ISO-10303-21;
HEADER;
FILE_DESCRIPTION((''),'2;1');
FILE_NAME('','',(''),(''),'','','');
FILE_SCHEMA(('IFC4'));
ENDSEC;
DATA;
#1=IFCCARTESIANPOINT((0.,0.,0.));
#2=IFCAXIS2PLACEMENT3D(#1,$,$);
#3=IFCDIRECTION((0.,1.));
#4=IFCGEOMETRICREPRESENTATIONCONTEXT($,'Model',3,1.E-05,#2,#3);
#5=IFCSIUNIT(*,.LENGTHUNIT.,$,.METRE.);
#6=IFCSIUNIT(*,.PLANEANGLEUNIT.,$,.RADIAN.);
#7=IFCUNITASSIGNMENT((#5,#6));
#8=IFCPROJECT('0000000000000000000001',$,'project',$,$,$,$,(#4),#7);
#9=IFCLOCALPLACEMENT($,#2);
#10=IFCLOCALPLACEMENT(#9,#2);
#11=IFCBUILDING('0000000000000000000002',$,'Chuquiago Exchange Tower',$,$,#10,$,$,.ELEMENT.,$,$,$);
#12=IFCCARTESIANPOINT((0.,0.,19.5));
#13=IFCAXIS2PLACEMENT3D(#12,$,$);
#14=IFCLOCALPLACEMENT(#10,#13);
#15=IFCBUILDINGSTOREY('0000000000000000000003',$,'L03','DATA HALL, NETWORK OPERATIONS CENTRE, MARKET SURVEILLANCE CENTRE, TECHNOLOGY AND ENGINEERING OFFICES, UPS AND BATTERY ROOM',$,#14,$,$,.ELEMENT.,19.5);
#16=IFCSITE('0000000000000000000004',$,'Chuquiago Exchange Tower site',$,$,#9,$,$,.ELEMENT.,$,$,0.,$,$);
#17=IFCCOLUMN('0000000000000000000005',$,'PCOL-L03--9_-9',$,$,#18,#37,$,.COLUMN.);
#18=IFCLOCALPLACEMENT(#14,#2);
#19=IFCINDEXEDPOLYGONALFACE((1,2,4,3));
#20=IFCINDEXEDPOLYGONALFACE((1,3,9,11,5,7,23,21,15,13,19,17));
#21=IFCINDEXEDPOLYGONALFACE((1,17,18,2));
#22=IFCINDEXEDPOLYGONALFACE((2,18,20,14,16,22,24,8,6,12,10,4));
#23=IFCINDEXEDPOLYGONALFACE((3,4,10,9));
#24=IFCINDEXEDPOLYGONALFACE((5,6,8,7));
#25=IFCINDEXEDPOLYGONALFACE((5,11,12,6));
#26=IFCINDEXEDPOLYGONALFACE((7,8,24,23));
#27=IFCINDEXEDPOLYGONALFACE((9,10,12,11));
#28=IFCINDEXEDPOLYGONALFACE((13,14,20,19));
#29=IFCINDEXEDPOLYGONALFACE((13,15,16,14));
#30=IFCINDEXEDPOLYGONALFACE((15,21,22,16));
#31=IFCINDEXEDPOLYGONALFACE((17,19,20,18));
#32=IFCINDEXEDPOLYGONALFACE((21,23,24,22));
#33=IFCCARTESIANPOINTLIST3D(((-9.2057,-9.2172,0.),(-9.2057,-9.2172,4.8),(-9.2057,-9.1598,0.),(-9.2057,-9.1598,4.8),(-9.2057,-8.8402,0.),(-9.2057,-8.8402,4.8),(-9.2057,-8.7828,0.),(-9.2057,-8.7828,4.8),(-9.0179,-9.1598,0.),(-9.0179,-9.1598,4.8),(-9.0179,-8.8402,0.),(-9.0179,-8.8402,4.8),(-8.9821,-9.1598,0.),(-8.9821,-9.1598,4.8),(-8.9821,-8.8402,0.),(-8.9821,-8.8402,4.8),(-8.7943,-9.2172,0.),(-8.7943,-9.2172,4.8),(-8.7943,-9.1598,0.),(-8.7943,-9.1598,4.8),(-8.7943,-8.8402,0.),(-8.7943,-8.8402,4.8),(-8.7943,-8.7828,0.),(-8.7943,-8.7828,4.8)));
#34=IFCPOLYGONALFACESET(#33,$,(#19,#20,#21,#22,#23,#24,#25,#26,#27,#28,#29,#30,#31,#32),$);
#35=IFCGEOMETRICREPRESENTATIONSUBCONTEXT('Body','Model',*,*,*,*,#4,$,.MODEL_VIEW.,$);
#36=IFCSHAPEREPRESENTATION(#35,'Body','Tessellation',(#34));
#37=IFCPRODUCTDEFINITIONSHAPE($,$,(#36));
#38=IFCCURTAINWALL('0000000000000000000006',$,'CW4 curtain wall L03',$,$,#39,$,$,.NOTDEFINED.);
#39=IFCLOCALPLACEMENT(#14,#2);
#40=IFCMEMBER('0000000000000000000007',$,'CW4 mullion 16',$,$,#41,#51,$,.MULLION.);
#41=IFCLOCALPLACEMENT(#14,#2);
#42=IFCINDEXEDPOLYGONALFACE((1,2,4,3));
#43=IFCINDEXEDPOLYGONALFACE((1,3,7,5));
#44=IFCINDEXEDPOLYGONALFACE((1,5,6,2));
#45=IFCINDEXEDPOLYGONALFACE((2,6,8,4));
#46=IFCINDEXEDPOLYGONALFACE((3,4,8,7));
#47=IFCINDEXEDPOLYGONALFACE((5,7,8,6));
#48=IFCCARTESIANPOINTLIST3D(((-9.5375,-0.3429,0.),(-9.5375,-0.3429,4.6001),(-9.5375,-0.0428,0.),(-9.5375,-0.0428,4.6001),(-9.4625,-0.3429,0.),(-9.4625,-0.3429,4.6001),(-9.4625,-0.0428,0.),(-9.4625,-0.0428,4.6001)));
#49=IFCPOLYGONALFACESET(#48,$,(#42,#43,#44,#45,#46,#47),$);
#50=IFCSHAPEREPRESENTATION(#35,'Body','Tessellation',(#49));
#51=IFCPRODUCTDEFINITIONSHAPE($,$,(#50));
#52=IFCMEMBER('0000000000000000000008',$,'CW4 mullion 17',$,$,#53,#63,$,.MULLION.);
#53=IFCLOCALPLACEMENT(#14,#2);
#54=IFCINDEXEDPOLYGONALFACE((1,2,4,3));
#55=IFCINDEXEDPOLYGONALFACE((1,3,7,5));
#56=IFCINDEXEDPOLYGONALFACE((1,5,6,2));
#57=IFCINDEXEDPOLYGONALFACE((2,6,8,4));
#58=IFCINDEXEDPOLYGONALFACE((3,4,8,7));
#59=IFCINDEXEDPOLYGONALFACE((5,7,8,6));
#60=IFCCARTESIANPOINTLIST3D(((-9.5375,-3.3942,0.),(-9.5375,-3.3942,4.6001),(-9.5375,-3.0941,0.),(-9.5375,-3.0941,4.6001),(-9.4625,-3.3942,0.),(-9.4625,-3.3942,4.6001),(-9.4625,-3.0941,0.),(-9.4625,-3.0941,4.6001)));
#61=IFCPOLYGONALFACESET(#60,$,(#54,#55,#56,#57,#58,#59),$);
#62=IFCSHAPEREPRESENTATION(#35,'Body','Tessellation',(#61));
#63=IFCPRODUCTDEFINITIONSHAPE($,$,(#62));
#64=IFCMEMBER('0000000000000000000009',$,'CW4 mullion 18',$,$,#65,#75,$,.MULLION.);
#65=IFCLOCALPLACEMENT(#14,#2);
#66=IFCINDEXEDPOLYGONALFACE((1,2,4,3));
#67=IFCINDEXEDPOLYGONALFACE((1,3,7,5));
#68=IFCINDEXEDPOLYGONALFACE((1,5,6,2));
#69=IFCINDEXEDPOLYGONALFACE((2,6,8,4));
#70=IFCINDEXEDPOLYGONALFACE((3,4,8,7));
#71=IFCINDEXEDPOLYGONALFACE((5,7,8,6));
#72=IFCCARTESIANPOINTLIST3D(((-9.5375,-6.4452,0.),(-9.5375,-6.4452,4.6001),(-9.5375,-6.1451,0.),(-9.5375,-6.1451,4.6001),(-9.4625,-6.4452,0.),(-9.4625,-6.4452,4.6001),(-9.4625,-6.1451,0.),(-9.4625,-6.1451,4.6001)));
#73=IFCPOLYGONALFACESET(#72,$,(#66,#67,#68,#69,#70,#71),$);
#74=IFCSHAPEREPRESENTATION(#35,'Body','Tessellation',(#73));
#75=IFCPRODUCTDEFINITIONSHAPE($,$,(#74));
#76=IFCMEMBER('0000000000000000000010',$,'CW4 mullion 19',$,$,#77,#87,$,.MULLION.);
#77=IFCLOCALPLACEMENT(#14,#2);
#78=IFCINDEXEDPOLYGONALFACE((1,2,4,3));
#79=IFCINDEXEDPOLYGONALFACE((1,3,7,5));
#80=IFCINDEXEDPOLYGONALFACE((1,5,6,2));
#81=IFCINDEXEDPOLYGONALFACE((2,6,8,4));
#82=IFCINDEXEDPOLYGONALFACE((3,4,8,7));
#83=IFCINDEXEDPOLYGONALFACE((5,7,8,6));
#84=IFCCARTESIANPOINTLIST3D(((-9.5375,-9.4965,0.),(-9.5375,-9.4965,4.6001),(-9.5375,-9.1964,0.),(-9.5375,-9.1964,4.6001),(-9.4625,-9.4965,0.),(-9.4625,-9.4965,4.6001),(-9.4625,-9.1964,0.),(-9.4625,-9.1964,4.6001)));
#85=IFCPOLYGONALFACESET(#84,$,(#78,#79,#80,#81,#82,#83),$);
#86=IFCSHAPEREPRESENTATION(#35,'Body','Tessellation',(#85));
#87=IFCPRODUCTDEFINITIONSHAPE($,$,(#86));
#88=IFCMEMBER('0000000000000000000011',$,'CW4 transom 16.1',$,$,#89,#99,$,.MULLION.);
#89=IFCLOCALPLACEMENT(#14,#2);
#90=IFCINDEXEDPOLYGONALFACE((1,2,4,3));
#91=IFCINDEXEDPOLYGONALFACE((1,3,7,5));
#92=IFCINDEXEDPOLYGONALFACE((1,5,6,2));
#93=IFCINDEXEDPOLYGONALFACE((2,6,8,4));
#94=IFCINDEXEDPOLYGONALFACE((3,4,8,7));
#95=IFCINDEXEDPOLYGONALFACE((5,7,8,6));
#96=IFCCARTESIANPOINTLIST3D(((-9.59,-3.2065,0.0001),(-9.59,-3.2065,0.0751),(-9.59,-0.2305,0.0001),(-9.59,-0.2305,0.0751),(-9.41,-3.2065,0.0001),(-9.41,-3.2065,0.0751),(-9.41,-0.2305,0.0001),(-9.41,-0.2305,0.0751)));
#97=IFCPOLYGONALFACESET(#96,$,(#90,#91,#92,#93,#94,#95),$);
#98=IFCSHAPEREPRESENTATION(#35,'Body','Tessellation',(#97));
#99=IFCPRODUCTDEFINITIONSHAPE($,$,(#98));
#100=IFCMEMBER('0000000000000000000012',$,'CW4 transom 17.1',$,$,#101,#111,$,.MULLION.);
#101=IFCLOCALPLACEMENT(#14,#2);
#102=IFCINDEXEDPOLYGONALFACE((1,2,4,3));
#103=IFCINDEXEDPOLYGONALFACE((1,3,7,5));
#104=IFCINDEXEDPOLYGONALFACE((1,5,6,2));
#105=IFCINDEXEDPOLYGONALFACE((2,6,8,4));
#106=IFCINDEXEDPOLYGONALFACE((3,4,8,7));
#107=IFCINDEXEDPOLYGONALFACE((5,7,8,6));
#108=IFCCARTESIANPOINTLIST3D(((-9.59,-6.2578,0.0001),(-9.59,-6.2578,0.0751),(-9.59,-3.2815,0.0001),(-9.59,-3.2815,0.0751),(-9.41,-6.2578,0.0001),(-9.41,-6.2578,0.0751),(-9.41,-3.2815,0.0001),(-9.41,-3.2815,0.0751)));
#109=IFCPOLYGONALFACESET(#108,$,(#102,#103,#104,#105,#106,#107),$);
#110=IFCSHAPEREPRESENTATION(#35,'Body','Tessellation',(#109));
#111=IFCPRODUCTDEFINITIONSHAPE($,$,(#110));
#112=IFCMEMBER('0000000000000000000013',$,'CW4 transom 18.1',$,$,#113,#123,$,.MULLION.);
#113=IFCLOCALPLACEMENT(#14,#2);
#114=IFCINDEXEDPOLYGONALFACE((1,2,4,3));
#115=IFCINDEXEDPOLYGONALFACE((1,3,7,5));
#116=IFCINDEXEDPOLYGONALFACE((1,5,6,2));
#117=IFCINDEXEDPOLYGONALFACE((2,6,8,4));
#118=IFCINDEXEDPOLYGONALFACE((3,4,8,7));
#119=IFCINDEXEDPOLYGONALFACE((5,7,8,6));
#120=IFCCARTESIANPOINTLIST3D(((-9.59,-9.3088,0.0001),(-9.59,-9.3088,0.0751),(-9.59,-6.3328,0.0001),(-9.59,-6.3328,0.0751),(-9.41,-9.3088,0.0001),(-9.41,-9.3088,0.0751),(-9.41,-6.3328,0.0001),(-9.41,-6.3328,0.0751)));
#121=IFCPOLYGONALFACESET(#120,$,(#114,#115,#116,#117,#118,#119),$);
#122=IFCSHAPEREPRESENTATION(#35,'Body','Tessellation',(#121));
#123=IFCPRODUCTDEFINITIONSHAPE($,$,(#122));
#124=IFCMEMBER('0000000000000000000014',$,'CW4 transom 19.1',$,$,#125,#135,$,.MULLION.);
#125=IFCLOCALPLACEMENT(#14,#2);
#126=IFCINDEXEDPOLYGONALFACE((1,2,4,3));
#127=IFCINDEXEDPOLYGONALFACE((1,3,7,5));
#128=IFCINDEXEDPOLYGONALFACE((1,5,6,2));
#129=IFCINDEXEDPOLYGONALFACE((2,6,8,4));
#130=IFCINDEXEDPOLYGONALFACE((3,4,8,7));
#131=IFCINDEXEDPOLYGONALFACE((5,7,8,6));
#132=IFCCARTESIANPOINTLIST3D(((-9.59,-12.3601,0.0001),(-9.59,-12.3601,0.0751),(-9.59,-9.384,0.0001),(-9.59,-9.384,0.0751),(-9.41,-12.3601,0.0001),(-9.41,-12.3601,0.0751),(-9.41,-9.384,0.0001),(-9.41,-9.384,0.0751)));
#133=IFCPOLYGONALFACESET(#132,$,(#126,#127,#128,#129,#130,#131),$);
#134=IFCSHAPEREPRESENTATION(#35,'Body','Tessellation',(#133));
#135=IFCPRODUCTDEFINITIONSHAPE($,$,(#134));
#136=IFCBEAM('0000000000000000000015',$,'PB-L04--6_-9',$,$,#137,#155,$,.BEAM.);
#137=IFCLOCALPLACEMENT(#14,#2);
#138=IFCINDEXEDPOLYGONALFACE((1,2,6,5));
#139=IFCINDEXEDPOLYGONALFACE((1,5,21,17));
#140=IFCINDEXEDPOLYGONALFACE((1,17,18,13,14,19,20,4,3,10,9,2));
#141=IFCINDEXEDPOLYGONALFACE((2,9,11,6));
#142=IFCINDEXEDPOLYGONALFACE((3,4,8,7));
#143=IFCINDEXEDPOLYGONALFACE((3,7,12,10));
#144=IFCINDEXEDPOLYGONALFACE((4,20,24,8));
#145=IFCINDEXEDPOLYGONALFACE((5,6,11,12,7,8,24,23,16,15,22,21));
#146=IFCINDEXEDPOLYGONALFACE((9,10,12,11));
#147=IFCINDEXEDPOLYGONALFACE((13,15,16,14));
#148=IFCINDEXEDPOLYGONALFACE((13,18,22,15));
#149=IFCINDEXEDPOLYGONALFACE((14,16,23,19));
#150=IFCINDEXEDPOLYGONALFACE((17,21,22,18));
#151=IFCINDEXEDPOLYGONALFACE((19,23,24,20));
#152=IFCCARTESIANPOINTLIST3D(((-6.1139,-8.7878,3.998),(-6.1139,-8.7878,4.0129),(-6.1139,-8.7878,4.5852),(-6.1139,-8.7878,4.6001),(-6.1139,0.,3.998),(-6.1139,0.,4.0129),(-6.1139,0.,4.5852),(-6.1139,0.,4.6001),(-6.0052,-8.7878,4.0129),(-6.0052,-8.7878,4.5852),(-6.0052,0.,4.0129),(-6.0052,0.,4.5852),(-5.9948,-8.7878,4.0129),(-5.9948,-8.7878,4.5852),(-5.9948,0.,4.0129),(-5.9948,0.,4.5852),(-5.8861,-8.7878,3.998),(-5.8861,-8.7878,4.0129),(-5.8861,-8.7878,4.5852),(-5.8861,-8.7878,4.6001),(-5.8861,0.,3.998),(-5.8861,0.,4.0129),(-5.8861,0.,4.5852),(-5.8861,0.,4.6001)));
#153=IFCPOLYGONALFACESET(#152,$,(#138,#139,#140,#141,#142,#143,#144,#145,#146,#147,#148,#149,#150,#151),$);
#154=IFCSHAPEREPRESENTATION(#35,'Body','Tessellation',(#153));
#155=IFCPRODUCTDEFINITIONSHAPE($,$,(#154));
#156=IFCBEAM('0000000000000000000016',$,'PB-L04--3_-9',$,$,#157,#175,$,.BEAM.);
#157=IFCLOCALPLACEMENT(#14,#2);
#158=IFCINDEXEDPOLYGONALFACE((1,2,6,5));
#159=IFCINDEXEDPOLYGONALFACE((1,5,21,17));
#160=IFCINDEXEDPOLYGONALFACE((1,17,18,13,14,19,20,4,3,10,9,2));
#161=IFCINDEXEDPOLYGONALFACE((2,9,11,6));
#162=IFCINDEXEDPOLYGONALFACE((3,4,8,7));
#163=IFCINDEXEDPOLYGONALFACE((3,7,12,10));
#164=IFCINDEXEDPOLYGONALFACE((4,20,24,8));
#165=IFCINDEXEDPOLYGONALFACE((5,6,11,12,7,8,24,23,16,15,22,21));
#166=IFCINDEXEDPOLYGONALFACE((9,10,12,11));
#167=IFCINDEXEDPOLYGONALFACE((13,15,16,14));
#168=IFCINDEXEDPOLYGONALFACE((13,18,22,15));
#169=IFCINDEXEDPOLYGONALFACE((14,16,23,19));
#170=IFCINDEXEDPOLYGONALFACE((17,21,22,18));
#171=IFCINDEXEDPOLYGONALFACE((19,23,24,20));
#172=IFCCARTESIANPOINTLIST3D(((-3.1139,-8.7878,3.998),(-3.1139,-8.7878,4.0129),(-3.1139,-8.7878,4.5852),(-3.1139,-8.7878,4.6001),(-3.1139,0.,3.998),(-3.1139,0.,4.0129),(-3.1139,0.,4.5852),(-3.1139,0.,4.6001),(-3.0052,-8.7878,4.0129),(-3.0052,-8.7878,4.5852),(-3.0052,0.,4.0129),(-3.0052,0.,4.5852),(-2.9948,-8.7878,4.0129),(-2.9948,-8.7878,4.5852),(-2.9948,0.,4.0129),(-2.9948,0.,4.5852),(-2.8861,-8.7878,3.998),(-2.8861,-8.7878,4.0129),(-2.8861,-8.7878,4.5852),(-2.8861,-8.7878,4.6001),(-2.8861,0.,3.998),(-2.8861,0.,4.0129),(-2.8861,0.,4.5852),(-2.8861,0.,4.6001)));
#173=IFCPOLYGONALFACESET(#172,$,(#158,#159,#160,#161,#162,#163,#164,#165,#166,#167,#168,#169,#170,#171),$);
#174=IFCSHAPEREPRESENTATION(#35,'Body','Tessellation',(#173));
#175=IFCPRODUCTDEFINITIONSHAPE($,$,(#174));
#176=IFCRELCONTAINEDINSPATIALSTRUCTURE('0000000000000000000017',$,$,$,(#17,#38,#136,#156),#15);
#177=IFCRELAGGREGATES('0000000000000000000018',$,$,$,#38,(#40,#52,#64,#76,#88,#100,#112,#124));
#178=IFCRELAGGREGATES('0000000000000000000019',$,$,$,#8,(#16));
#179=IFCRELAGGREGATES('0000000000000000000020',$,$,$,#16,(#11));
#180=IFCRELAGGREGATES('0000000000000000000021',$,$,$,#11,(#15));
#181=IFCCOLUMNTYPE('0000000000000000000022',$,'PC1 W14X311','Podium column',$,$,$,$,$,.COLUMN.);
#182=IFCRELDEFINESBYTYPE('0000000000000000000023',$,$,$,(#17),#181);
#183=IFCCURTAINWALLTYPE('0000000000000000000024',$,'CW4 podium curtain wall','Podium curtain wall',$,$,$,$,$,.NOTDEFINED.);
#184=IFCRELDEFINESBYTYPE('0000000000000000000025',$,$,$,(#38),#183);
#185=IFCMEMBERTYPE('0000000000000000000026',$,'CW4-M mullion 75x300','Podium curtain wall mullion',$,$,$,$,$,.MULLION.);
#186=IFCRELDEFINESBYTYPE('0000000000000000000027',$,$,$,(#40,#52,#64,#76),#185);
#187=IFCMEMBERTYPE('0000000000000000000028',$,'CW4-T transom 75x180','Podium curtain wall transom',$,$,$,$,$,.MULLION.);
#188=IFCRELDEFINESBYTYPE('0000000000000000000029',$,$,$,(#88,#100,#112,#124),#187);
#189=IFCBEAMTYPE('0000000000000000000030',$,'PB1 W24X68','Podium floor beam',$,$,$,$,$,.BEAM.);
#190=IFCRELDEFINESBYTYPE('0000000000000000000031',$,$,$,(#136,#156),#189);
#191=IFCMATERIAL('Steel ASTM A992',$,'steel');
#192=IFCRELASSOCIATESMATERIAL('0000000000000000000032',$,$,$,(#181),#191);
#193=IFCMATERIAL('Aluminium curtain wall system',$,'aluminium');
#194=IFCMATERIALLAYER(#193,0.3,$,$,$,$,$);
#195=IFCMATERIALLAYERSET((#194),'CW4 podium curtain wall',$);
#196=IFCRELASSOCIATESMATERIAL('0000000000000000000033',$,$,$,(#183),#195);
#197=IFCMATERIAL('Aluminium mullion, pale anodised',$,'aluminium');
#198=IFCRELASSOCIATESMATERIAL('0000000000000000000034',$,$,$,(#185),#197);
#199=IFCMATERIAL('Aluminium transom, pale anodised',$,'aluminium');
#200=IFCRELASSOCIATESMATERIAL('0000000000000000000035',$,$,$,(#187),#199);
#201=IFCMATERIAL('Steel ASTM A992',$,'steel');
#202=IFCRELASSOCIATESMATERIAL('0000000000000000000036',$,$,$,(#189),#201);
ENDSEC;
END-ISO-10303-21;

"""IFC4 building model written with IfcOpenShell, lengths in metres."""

from ifc_helpers import new_model, si_unit, direction, frame, origin, origin_2d, place, context, subcontext, project, spatial, rectangle, i_section, extrude, material, layer, layer_set, material_profile, profile_set, type_object, element, aggregate, save


model = new_model("IFC4")

# Units and contexts
model_context = context("Model", 3, precision=1e-05, world=origin(), true_north=direction((0.0, 1.0)))
body_context = subcontext(model_context, "Body", "Model", "MODEL_VIEW")
ifc_project = project(units=[si_unit("LENGTHUNIT", "METRE"), si_unit("PLANEANGLEUNIT", "RADIAN")], contexts=[model_context])

# Site, building, storey
site_placement = place(None, origin())
site = spatial("IfcSite", under=ifc_project, at=site_placement, Name="Chuquiago Exchange Tower site", CompositionType="ELEMENT", RefElevation=0.0)
building_placement = place(site_placement, origin())
building = spatial("IfcBuilding", under=site, at=building_placement, Name="Chuquiago Exchange Tower", CompositionType="ELEMENT")
storey_placement = place(building_placement, frame((0.0, 0.0, 19.5)))
storey = spatial("IfcBuildingStorey", under=building, at=storey_placement, Name="L03", Description="DATA HALL, NETWORK OPERATIONS CENTRE, MARKET SURVEILLANCE CENTRE, TECHNOLOGY AND ENGINEERING OFFICES, UPS AND BATTERY ROOM", CompositionType="ELEMENT", Elevation=19.5)

# Column
ifc_material_1 = material(Name="Steel ASTM A992", Category="steel")
ifc_material_profile_1 = material_profile(ifc_material_1, i_section(OverallWidth=0.4114, OverallDepth=0.4343, WebThickness=0.0359, FlangeThickness=0.0574, at=origin_2d()), Name="W14X311")
ifc_profile_set_1 = profile_set([ifc_material_profile_1], Name="Steel ASTM A992")
column_type = type_object("IfcColumnType", Name="PC1 W14X311", Description="Podium column", PredefinedType="COLUMN", material=ifc_profile_set_1)
column_placement = place(storey_placement, frame((-9.0, -9.0, 0.0), z_axis=(0.0, 0.0, 1.0), x_axis=(1.0, 0.0, 0.0)))
element("IfcColumn", 1, at=column_placement, inside=storey, type_object=column_type, Name="PCOL-L03--9_-9", PredefinedType="COLUMN", context=body_context, shape_type="SweptSolid", body=[
    extrude(i_section(OverallWidth=0.4114, OverallDepth=0.4343, WebThickness=0.0359, FlangeThickness=0.0574, at=origin_2d()), origin(), (0.0, 0.0, 1.0), 4.8),
])

# Curtain wall, members
ifc_material_2 = material(Name="Aluminium curtain wall system", Category="aluminium")
ifc_layer_1 = layer(ifc_material_2, 0.3)
ifc_layer_set_1 = layer_set([ifc_layer_1], Name="CW4 podium curtain wall")
curtain_wall_type = type_object("IfcCurtainWallType", Name="CW4 podium curtain wall", Description="Podium curtain wall", PredefinedType="NOTDEFINED", material=ifc_layer_set_1)
curtain_wall_placement = place(storey_placement, origin())
curtain_wall = element("IfcCurtainWall", 2, at=curtain_wall_placement, inside=storey, type_object=curtain_wall_type, Name="CW4 curtain wall L03", PredefinedType="NOTDEFINED")
ifc_material_3 = material(Name="Aluminium mullion, pale anodised", Category="aluminium")
ifc_material_profile_2 = material_profile(ifc_material_3, rectangle(XDim=0.075, YDim=0.3, at=origin_2d()), Name="AL 75x300")
ifc_profile_set_2 = profile_set([ifc_material_profile_2], Name="Aluminium mullion, pale anodised")
member_type_1 = type_object("IfcMemberType", Name="CW4-M mullion 75x300", Description="Podium curtain wall mullion", PredefinedType="MULLION", material=ifc_profile_set_2)
member_1_placement = place(storey_placement, frame((-9.5, -0.1929, 0.0), z_axis=(0.0, 0.0, 1.0), x_axis=(1.0, 0.0, 0.0)))
member_1 = element("IfcMember", 3, at=member_1_placement, type_object=member_type_1, Name="CW4 mullion 16", PredefinedType="MULLION", context=body_context, shape_type="SweptSolid", body=[
    extrude(rectangle(XDim=0.075, YDim=0.3, at=origin_2d()), origin(), (0.0, 0.0, 1.0), 4.6001),
])
member_2_placement = place(storey_placement, frame((-9.5, -3.2441, 0.0), z_axis=(0.0, 0.0, 1.0), x_axis=(1.0, 0.0, 0.0)))
member_2 = element("IfcMember", 4, at=member_2_placement, type_object=member_type_1, Name="CW4 mullion 17", PredefinedType="MULLION", context=body_context, shape_type="SweptSolid", body=[
    extrude(rectangle(XDim=0.075, YDim=0.3, at=origin_2d()), origin(), (0.0, 0.0, 1.0), 4.6001),
])
member_3_placement = place(storey_placement, frame((-9.5, -6.2952, 0.0), z_axis=(0.0, 0.0, 1.0), x_axis=(1.0, 0.0, 0.0)))
member_3 = element("IfcMember", 5, at=member_3_placement, type_object=member_type_1, Name="CW4 mullion 18", PredefinedType="MULLION", context=body_context, shape_type="SweptSolid", body=[
    extrude(rectangle(XDim=0.075, YDim=0.3, at=origin_2d()), origin(), (0.0, 0.0, 1.0), 4.6001),
])
member_4_placement = place(storey_placement, frame((-9.5, -9.3464, 0.0), z_axis=(0.0, 0.0, 1.0), x_axis=(1.0, 0.0, 0.0)))
member_4 = element("IfcMember", 6, at=member_4_placement, type_object=member_type_1, Name="CW4 mullion 19", PredefinedType="MULLION", context=body_context, shape_type="SweptSolid", body=[
    extrude(rectangle(XDim=0.075, YDim=0.3, at=origin_2d()), origin(), (0.0, 0.0, 1.0), 4.6001),
])
ifc_material_4 = material(Name="Aluminium transom, pale anodised", Category="aluminium")
ifc_material_profile_3 = material_profile(ifc_material_4, rectangle(XDim=0.1799, YDim=0.075, at=origin_2d()), Name="AL 180x75")
ifc_profile_set_3 = profile_set([ifc_material_profile_3], Name="Aluminium transom, pale anodised")
member_type_2 = type_object("IfcMemberType", Name="CW4-T transom 75x180", Description="Podium curtain wall transom", PredefinedType="MULLION", material=ifc_profile_set_3)
member_5_placement = place(storey_placement, frame((-9.5, -0.2305, 0.0376), z_axis=(0.0, -1.0, 0.0), x_axis=(1.0, 0.0, 0.0)))
member_5 = element("IfcMember", 7, at=member_5_placement, type_object=member_type_2, Name="CW4 transom 16.1", PredefinedType="MULLION", context=body_context, shape_type="SweptSolid", body=[
    extrude(rectangle(XDim=0.1799, YDim=0.075, at=origin_2d()), origin(), (0.0, 0.0, 1.0), 2.9761),
])
member_6_placement = place(storey_placement, frame((-9.5, -3.2815, 0.0376), z_axis=(0.0, -1.0, 0.0), x_axis=(1.0, 0.0, 0.0)))
member_6 = element("IfcMember", 8, at=member_6_placement, type_object=member_type_2, Name="CW4 transom 17.1", PredefinedType="MULLION", context=body_context, shape_type="SweptSolid", body=[
    extrude(rectangle(XDim=0.1799, YDim=0.075, at=origin_2d()), origin(), (0.0, 0.0, 1.0), 2.9763),
])
member_7_placement = place(storey_placement, frame((-9.5, -6.3328, 0.0376), z_axis=(0.0, -1.0, 0.0), x_axis=(1.0, 0.0, 0.0)))
member_7 = element("IfcMember", 9, at=member_7_placement, type_object=member_type_2, Name="CW4 transom 18.1", PredefinedType="MULLION", context=body_context, shape_type="SweptSolid", body=[
    extrude(rectangle(XDim=0.1799, YDim=0.075, at=origin_2d()), origin(), (0.0, 0.0, 1.0), 2.9761),
])
member_8_placement = place(storey_placement, frame((-9.5, -9.384, 0.0376), z_axis=(0.0, -1.0, 0.0), x_axis=(1.0, 0.0, 0.0)))
member_8 = element("IfcMember", 10, at=member_8_placement, type_object=member_type_2, Name="CW4 transom 19.1", PredefinedType="MULLION", context=body_context, shape_type="SweptSolid", body=[
    extrude(rectangle(XDim=0.1799, YDim=0.075, at=origin_2d()), origin(), (0.0, 0.0, 1.0), 2.9761),
])

# Beams
ifc_material_5 = material(Name="Steel ASTM A992", Category="steel")
ifc_material_profile_4 = material_profile(ifc_material_5, i_section(OverallWidth=0.2278, OverallDepth=0.6021, WebThickness=0.0105, FlangeThickness=0.0149, at=origin_2d()), Name="W24X68")
ifc_profile_set_4 = profile_set([ifc_material_profile_4], Name="Steel ASTM A992")
beam_type_1 = type_object("IfcBeamType", Name="PB1 W24X68", Description="Podium floor beam", PredefinedType="BEAM", material=ifc_profile_set_4)
for number, where, z_axis, x_axis, name in (
    (11, (-6.0, -8.7878, 4.2991), (0.0, 1.0, 0.0), (-1.0, 0.0, 0.0), "PB-L04--6_-9"),
    (12, (-3.0, -8.7878, 4.2991), (0.0, 1.0, 0.0), (-1.0, 0.0, 0.0), "PB-L04--3_-9"),
):
    element("IfcBeam", number, at=place(storey_placement, frame(where, z_axis=z_axis, x_axis=x_axis)), inside=storey, type_object=beam_type_1, Name=name, PredefinedType="BEAM", context=body_context, shape_type="SweptSolid", body=[
        extrude(i_section(OverallWidth=0.2278, OverallDepth=0.6021, WebThickness=0.0105, FlangeThickness=0.0149, at=origin_2d()), origin(), (0.0, 0.0, 1.0), 8.7878),
    ])

aggregate(curtain_wall, [member_1, member_2, member_3, member_4, member_5, member_6, member_7, member_8])

save(model, "model.ifc")
